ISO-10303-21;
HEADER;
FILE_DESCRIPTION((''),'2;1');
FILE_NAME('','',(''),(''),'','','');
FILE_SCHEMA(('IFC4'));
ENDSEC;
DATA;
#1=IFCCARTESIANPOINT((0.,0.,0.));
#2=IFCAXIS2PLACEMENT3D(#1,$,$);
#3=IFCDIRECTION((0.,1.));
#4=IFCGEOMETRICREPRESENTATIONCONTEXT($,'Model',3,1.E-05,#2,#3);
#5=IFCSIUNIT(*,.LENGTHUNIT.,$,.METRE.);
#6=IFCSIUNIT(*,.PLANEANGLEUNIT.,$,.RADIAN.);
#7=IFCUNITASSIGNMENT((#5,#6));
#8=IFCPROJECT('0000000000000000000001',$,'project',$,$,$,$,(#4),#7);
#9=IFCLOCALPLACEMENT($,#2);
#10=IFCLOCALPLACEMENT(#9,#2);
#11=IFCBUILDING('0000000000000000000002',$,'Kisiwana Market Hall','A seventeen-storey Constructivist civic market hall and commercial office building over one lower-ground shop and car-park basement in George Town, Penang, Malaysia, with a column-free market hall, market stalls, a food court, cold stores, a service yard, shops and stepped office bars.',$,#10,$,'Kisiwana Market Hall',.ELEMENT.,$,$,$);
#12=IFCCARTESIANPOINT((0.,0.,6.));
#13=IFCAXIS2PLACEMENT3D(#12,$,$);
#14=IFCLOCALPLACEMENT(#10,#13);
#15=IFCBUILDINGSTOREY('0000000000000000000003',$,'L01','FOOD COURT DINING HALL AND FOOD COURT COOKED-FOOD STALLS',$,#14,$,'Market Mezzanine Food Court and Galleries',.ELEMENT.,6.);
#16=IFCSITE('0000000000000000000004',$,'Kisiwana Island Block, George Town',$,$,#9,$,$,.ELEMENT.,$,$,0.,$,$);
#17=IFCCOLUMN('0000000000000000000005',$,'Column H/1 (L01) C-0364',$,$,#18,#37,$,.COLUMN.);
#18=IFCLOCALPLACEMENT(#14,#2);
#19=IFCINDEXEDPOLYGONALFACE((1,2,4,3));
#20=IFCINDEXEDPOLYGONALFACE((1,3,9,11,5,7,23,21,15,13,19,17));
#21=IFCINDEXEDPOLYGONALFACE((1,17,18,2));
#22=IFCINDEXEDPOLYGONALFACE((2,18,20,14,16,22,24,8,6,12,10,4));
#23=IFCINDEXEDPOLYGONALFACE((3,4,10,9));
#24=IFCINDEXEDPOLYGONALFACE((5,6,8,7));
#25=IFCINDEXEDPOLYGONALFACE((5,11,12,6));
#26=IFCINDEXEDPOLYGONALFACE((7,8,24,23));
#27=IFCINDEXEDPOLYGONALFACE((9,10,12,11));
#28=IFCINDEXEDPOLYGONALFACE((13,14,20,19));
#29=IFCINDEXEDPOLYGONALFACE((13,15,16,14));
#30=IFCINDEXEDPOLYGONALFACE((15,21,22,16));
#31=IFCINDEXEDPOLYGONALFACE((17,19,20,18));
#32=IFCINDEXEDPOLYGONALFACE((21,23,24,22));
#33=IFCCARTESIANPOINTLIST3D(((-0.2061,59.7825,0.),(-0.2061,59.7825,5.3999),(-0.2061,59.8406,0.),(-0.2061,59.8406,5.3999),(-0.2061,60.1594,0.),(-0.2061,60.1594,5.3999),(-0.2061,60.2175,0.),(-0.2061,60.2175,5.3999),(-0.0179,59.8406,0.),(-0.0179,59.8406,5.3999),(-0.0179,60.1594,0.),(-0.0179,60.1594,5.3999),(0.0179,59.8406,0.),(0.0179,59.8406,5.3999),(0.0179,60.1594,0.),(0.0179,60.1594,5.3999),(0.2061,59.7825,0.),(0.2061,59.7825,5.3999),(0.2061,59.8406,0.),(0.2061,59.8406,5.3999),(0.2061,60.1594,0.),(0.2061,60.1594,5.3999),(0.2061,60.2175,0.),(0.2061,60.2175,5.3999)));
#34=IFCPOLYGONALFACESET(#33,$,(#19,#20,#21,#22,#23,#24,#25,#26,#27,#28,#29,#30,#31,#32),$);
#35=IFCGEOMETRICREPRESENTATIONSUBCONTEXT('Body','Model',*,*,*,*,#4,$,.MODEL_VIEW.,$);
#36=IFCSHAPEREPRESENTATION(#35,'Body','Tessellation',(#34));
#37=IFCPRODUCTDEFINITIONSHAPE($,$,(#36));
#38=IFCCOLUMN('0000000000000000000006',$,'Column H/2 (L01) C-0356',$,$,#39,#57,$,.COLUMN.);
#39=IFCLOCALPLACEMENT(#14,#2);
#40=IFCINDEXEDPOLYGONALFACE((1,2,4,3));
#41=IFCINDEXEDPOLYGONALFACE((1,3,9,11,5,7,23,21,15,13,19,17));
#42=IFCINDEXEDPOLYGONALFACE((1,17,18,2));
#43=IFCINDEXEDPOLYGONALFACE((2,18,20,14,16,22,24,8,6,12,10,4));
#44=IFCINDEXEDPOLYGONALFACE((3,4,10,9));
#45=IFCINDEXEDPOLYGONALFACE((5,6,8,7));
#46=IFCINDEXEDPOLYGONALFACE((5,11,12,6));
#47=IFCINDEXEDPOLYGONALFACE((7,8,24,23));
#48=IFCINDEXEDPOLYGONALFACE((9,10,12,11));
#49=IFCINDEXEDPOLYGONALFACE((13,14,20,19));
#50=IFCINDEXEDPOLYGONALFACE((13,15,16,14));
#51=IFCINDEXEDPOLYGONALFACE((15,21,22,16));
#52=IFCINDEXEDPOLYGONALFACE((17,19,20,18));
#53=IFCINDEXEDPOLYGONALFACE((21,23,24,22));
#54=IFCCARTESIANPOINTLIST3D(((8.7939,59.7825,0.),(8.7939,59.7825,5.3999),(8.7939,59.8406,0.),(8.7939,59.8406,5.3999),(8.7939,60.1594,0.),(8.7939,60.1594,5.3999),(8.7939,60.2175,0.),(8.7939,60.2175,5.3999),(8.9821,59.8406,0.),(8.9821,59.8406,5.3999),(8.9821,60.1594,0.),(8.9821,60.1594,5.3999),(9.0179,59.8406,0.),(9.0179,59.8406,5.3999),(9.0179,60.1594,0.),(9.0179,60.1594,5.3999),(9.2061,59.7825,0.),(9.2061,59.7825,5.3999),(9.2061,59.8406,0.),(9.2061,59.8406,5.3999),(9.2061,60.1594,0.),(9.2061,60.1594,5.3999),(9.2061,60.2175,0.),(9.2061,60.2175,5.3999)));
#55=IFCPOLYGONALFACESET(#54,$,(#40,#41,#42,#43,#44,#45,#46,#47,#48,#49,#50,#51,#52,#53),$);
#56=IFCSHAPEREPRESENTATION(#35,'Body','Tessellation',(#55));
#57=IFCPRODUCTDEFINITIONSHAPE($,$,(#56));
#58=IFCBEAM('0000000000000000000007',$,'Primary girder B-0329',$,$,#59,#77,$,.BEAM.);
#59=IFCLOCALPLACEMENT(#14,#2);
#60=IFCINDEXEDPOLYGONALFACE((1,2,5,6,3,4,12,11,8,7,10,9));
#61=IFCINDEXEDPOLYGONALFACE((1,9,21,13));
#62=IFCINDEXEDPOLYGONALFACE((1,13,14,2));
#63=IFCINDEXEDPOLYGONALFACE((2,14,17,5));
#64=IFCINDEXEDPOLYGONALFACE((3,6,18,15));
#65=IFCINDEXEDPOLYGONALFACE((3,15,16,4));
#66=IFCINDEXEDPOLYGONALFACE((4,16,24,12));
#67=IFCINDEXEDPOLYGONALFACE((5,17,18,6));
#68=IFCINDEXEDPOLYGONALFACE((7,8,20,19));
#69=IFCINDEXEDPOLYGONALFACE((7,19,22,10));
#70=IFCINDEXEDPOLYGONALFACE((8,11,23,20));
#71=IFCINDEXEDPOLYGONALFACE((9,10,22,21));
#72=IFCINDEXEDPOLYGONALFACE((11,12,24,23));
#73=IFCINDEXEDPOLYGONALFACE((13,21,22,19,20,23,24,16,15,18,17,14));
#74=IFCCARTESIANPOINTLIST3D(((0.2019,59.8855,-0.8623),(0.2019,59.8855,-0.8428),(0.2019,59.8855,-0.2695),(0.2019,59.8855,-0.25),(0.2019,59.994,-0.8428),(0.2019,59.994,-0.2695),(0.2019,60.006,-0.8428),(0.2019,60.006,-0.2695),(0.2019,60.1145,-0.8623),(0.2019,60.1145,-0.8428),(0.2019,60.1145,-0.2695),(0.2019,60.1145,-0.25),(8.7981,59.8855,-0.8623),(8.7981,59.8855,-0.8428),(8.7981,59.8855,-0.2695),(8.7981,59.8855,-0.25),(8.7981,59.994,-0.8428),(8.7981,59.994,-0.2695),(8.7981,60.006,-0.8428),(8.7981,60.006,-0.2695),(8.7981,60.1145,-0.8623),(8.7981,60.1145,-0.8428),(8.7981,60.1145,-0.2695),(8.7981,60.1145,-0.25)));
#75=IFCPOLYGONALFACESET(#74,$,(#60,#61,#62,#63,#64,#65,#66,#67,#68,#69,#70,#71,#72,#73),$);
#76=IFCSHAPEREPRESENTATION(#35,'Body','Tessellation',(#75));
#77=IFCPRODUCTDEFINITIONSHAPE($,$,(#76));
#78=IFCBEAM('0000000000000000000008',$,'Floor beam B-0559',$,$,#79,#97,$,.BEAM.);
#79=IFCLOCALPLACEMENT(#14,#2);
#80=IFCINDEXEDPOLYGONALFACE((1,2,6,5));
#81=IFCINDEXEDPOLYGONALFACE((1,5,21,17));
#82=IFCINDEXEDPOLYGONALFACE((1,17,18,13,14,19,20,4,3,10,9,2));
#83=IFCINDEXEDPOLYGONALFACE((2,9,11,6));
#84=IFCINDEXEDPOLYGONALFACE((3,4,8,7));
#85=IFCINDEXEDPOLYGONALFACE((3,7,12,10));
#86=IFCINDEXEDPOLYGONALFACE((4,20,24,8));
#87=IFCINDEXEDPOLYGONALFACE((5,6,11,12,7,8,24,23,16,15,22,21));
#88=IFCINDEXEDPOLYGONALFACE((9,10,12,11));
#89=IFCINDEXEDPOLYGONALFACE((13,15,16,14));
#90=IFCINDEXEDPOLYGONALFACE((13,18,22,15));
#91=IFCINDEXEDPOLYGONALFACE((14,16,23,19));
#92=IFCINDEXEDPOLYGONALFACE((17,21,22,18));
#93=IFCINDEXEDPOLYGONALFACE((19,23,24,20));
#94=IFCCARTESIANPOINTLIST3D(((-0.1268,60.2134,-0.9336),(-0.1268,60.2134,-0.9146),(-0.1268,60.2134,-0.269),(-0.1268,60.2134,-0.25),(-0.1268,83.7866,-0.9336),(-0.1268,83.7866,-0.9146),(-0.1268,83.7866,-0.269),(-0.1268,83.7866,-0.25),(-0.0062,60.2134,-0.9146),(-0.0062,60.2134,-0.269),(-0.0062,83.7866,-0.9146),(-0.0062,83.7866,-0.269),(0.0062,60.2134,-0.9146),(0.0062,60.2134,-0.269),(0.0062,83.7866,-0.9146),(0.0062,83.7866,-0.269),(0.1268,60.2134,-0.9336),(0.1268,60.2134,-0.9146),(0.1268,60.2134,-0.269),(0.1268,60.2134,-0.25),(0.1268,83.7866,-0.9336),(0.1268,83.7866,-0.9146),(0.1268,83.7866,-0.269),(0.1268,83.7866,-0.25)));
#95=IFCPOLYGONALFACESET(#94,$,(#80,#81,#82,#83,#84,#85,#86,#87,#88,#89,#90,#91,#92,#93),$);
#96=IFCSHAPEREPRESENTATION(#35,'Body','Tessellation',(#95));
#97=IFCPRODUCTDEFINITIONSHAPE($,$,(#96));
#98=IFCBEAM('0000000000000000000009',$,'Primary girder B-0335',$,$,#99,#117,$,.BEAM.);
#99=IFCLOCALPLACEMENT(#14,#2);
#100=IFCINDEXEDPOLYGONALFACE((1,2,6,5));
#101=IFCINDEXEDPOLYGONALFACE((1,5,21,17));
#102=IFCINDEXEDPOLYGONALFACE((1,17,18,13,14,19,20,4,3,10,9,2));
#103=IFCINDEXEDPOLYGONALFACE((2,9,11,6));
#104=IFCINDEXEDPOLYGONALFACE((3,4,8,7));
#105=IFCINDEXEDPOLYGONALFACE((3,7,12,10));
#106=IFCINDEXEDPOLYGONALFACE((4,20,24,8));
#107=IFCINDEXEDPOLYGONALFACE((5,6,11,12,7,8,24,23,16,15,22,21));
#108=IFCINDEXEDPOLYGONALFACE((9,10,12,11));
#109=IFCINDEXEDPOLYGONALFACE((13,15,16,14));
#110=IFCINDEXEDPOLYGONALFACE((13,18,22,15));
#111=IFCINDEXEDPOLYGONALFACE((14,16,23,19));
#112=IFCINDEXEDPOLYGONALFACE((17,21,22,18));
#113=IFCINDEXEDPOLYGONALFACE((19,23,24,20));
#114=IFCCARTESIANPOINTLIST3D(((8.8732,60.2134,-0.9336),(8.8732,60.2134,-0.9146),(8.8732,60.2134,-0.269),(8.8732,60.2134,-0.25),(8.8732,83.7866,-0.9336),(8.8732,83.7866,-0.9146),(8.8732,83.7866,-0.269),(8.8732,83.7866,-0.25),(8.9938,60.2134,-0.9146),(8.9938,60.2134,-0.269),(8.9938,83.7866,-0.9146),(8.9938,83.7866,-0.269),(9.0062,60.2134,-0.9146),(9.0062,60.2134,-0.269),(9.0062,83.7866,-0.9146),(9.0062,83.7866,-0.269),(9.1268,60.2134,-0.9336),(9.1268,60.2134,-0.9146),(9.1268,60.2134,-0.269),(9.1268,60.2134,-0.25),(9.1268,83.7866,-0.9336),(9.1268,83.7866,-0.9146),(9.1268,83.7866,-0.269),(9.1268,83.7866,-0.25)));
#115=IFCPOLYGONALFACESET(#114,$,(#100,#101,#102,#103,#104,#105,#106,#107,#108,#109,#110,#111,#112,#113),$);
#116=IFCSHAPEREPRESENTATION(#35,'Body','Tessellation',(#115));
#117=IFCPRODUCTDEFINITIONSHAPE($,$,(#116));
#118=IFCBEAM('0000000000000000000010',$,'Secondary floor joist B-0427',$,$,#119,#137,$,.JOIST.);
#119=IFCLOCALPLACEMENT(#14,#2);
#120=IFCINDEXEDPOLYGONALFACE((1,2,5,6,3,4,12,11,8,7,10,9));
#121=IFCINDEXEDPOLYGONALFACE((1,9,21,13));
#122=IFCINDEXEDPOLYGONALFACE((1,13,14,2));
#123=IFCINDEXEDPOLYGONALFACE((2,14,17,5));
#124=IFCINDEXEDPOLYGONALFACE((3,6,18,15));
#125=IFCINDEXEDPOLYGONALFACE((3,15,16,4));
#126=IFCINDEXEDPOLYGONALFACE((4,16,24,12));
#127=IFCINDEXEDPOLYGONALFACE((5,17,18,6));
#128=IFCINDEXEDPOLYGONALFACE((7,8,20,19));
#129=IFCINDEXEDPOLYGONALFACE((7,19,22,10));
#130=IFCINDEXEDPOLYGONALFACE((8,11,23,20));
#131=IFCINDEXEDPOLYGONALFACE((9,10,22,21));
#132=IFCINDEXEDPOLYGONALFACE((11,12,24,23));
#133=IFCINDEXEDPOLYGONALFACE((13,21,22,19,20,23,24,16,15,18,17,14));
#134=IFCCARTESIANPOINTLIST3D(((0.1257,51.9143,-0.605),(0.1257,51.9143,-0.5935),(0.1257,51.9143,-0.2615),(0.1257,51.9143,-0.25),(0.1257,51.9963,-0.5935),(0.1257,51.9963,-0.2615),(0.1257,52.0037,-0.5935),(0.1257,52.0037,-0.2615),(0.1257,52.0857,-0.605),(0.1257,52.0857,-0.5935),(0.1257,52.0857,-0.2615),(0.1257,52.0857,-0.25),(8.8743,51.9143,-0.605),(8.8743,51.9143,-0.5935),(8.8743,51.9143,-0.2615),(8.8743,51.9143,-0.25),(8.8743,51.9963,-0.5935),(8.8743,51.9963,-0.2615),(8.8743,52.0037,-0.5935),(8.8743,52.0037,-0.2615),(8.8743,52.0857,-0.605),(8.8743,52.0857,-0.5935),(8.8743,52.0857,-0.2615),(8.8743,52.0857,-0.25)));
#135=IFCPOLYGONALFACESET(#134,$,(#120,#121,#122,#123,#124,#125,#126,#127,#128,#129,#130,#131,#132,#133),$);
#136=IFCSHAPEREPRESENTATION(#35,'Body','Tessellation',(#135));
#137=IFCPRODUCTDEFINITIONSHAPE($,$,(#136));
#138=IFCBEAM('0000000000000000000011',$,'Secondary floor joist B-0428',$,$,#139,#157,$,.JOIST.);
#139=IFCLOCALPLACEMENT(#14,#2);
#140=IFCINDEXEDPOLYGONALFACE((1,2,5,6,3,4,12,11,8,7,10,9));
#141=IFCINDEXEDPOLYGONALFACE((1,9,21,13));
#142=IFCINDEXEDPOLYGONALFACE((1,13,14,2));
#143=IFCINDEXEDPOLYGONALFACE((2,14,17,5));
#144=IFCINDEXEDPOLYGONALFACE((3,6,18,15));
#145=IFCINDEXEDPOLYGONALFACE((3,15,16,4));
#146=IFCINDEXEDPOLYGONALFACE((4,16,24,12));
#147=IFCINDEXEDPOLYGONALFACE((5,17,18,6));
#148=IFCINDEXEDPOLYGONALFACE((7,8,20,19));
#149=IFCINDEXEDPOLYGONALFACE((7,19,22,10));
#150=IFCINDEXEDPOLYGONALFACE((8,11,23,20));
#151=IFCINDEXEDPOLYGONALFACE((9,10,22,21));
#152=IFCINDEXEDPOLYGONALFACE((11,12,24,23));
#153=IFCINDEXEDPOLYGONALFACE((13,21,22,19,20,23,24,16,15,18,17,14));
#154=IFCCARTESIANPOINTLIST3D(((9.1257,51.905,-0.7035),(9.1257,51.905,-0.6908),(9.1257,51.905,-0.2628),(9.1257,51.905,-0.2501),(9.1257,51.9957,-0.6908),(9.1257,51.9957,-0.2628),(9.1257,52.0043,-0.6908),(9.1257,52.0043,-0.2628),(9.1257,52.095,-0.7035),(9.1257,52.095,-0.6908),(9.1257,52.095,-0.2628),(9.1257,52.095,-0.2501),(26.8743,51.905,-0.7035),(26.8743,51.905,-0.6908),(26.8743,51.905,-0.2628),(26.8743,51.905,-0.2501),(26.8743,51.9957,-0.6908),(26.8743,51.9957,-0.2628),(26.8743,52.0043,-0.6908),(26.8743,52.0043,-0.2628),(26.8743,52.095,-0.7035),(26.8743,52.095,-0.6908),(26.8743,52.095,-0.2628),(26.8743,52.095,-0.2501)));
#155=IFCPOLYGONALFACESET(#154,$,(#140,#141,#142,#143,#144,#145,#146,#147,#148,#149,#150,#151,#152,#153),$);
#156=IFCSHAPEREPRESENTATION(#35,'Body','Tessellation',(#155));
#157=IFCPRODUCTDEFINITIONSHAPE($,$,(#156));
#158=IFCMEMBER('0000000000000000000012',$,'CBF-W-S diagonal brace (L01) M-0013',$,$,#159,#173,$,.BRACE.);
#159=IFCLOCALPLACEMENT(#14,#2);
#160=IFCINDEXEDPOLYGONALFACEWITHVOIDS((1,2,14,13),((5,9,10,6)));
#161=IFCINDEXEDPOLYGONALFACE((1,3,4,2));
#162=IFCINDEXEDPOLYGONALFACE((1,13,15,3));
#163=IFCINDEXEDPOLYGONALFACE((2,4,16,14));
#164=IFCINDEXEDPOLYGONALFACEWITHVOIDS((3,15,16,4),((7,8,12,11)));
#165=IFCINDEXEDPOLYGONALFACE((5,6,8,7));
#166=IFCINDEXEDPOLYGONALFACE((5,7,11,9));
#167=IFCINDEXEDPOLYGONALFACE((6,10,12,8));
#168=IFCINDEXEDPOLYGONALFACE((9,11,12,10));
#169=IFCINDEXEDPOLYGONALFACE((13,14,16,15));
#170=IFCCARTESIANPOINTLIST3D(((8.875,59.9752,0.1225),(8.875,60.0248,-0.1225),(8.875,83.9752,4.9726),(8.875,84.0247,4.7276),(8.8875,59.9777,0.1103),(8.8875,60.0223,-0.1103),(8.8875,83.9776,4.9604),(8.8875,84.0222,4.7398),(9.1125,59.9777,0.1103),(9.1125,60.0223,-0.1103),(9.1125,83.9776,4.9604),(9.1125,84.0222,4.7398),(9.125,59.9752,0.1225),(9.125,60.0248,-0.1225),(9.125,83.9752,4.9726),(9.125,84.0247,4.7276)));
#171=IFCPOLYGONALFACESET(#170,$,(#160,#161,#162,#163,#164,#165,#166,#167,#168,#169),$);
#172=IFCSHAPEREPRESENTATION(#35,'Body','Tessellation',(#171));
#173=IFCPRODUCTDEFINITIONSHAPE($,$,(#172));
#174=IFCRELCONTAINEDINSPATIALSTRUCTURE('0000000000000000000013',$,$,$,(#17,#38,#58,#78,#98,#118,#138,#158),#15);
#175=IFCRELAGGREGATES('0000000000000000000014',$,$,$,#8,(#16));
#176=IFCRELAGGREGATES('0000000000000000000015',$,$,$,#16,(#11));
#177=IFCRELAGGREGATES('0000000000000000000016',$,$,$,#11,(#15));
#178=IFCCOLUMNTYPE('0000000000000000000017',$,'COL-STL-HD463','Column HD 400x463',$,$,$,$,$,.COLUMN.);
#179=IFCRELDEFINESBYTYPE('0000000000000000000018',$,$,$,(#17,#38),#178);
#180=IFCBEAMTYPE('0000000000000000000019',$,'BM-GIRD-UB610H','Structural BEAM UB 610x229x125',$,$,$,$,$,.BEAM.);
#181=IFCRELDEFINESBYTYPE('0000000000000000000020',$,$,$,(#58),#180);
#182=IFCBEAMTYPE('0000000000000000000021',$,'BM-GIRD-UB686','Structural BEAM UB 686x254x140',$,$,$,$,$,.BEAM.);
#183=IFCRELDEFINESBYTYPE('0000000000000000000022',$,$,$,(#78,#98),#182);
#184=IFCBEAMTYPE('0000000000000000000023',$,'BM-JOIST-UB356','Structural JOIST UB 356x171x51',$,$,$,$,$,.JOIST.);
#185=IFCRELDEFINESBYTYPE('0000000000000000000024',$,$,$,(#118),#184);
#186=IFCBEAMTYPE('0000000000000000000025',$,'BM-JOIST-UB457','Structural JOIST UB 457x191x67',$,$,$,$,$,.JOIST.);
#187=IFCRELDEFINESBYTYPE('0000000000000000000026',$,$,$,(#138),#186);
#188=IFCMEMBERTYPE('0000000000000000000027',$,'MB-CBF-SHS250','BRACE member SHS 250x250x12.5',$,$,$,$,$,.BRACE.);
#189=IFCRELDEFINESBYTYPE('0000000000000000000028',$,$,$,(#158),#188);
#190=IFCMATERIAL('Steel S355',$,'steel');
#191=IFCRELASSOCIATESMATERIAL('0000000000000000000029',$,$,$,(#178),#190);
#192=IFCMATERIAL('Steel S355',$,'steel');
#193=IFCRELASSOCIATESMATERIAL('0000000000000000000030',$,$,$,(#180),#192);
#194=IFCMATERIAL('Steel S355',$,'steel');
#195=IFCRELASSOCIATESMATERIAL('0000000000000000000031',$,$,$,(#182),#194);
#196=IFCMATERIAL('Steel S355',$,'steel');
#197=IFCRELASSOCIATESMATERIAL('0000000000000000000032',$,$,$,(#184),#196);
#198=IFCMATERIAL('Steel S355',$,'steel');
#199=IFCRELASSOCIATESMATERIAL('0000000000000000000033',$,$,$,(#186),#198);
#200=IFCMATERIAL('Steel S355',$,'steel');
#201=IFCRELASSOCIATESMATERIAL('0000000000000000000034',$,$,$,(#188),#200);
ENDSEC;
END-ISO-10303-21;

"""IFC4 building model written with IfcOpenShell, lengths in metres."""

from ifc_helpers import new_model, si_unit, direction, frame, origin, origin_2d, place, context, subcontext, project, spatial, hollow_rectangle, i_section, extrude, material, material_profile, profile_set, type_object, element, save


model = new_model("IFC4")

# Units and contexts
model_context = context("Model", 3, precision=1e-05, world=origin(), true_north=direction((0.0, 1.0)))
body_context = subcontext(model_context, "Body", "Model", "MODEL_VIEW")
ifc_project = project(units=[si_unit("LENGTHUNIT", "METRE"), si_unit("PLANEANGLEUNIT", "RADIAN")], contexts=[model_context])

# Site, building, storey
site_placement = place(None, origin())
site = spatial("IfcSite", under=ifc_project, at=site_placement, Name="Kisiwana Island Block, George Town", CompositionType="ELEMENT", RefElevation=0.0)
building_placement = place(site_placement, origin())
building = spatial("IfcBuilding", under=site, at=building_placement, Name="Kisiwana Market Hall", Description="A seventeen-storey Constructivist civic market hall and commercial office building over one lower-ground shop and car-park basement in George Town, Penang, Malaysia, with a column-free market hall, market stalls, a food court, cold stores, a service yard, shops and stepped office bars.", LongName="Kisiwana Market Hall", CompositionType="ELEMENT")
storey_placement = place(building_placement, frame((0.0, 0.0, 6.0)))
storey = spatial("IfcBuildingStorey", under=building, at=storey_placement, Name="L01", Description="FOOD COURT DINING HALL AND FOOD COURT COOKED-FOOD STALLS", LongName="Market Mezzanine Food Court and Galleries", CompositionType="ELEMENT", Elevation=6.0)

# Columns
ifc_material_1 = material(Name="Steel S355", Category="steel")
ifc_material_profile_1 = material_profile(ifc_material_1, i_section(OverallWidth=0.4121, OverallDepth=0.4351, WebThickness=0.0359, FlangeThickness=0.0581, at=origin_2d()), Name="HD 400x463")
ifc_profile_set_1 = profile_set([ifc_material_profile_1], Name="Steel S355")
column_type = type_object("IfcColumnType", Name="COL-STL-HD463", Description="Column HD 400x463", PredefinedType="COLUMN", material=ifc_profile_set_1)
for number, where, z_axis, x_axis, name in (
    (1, (0.0, 60.0, 0.0), (0.0, 0.0, 1.0), (1.0, 0.0, 0.0), "Column H/1 (L01) C-0364"),
    (2, (9.0, 60.0, 0.0), (0.0, 0.0, 1.0), (1.0, 0.0, 0.0), "Column H/2 (L01) C-0356"),
):
    element("IfcColumn", number, at=place(storey_placement, frame(where, z_axis=z_axis, x_axis=x_axis)), inside=storey, type_object=column_type, Name=name, PredefinedType="COLUMN", context=body_context, shape_type="SweptSolid", body=[
        extrude(i_section(OverallWidth=0.4121, OverallDepth=0.4351, WebThickness=0.0359, FlangeThickness=0.0581, at=origin_2d()), origin(), (0.0, 0.0, 1.0), 5.3999),
    ])

# Beams
ifc_material_2 = material(Name="Steel S355", Category="steel")
ifc_material_profile_2 = material_profile(ifc_material_2, i_section(OverallWidth=0.229, OverallDepth=0.6123, WebThickness=0.012, FlangeThickness=0.0195, at=origin_2d()), Name="UB 610x229x125")
ifc_profile_set_2 = profile_set([ifc_material_profile_2], Name="Steel S355")
beam_type_1 = type_object("IfcBeamType", Name="BM-GIRD-UB610H", Description="Structural BEAM UB 610x229x125", PredefinedType="BEAM", material=ifc_profile_set_2)
beam_1_placement = place(storey_placement, frame((0.2019, 60.0, -0.5562), z_axis=(1.0, 0.0, 0.0), x_axis=(0.0, 1.0, 0.0)))
element("IfcBeam", 3, at=beam_1_placement, inside=storey, type_object=beam_type_1, Name="Primary girder B-0329", PredefinedType="BEAM", context=body_context, shape_type="SweptSolid", body=[
    extrude(i_section(OverallWidth=0.229, OverallDepth=0.6123, WebThickness=0.012, FlangeThickness=0.0195, at=origin_2d()), origin(), (0.0, 0.0, 1.0), 8.5962),
])
ifc_material_3 = material(Name="Steel S355", Category="steel")
ifc_material_profile_3 = material_profile(ifc_material_3, i_section(OverallWidth=0.2537, OverallDepth=0.6836, WebThickness=0.0125, FlangeThickness=0.019, at=origin_2d()), Name="UB 686x254x140")
ifc_profile_set_3 = profile_set([ifc_material_profile_3], Name="Steel S355")
beam_type_2 = type_object("IfcBeamType", Name="BM-GIRD-UB686", Description="Structural BEAM UB 686x254x140", PredefinedType="BEAM", material=ifc_profile_set_3)
for number, where, z_axis, x_axis, name in (
    (4, (0.0, 60.2134, -0.5918), (0.0, 1.0, 0.0), (-1.0, 0.0, 0.0), "Floor beam B-0559"),
    (5, (9.0, 60.2134, -0.5918), (0.0, 1.0, 0.0), (-1.0, 0.0, 0.0), "Primary girder B-0335"),
):
    element("IfcBeam", number, at=place(storey_placement, frame(where, z_axis=z_axis, x_axis=x_axis)), inside=storey, type_object=beam_type_2, Name=name, PredefinedType="BEAM", context=body_context, shape_type="SweptSolid", body=[
        extrude(i_section(OverallWidth=0.2537, OverallDepth=0.6836, WebThickness=0.0125, FlangeThickness=0.019, at=origin_2d()), origin(), (0.0, 0.0, 1.0), 23.5732),
    ])
ifc_material_4 = material(Name="Steel S355", Category="steel")
ifc_material_profile_4 = material_profile(ifc_material_4, i_section(OverallWidth=0.1714, OverallDepth=0.355, WebThickness=0.0073, FlangeThickness=0.0115, at=origin_2d()), Name="UB 356x171x51")
ifc_profile_set_4 = profile_set([ifc_material_profile_4], Name="Steel S355")
beam_type_3 = type_object("IfcBeamType", Name="BM-JOIST-UB356", Description="Structural JOIST UB 356x171x51", PredefinedType="JOIST", material=ifc_profile_set_4)
beam_2_placement = place(storey_placement, frame((0.1257, 52.0, -0.4275), z_axis=(1.0, 0.0, 0.0), x_axis=(0.0, 1.0, 0.0)))
element("IfcBeam", 6, at=beam_2_placement, inside=storey, type_object=beam_type_3, Name="Secondary floor joist B-0427", PredefinedType="JOIST", context=body_context, shape_type="SweptSolid", body=[
    extrude(i_section(OverallWidth=0.1714, OverallDepth=0.355, WebThickness=0.0073, FlangeThickness=0.0115, at=origin_2d()), origin(), (0.0, 0.0, 1.0), 8.7485),
])
ifc_material_5 = material(Name="Steel S355", Category="steel")
ifc_material_profile_5 = material_profile(ifc_material_5, i_section(OverallWidth=0.1899, OverallDepth=0.4534, WebThickness=0.0085, FlangeThickness=0.0127, at=origin_2d()), Name="UB 457x191x67")
ifc_profile_set_5 = profile_set([ifc_material_profile_5], Name="Steel S355")
beam_type_4 = type_object("IfcBeamType", Name="BM-JOIST-UB457", Description="Structural JOIST UB 457x191x67", PredefinedType="JOIST", material=ifc_profile_set_5)
beam_3_placement = place(storey_placement, frame((9.1257, 52.0, -0.4768), z_axis=(1.0, 0.0, 0.0), x_axis=(0.0, 1.0, 0.0)))
element("IfcBeam", 7, at=beam_3_placement, inside=storey, type_object=beam_type_4, Name="Secondary floor joist B-0428", PredefinedType="JOIST", context=body_context, shape_type="SweptSolid", body=[
    extrude(i_section(OverallWidth=0.1899, OverallDepth=0.4534, WebThickness=0.0085, FlangeThickness=0.0127, at=origin_2d()), origin(), (0.0, 0.0, 1.0), 17.7485),
])

# Member
ifc_material_6 = material(Name="Steel S355", Category="steel")
ifc_material_profile_6 = material_profile(ifc_material_6, hollow_rectangle(XDim=0.25, YDim=0.25, WallThickness=0.0125, at=origin_2d()), Name="SHS 250x250x12.5")
ifc_profile_set_6 = profile_set([ifc_material_profile_6], Name="Steel S355")
member_type = type_object("IfcMemberType", Name="MB-CBF-SHS250", Description="BRACE member SHS 250x250x12.5", PredefinedType="BRACE", material=ifc_profile_set_6)
member_placement = place(storey_placement, frame((9.0, 60.0, 0.0), z_axis=(0.0, 0.980185, 0.198083), x_axis=(-1.0, 0.0, 0.0)))
element("IfcMember", 8, at=member_placement, inside=storey, type_object=member_type, Name="CBF-W-S diagonal brace (L01) M-0013", PredefinedType="BRACE", context=body_context, shape_type="SweptSolid", body=[
    extrude(hollow_rectangle(XDim=0.25, YDim=0.25, WallThickness=0.0125, at=origin_2d()), origin(), (0.0, 0.0, 1.0), 24.4851),
])

save(model, "model.ifc")
